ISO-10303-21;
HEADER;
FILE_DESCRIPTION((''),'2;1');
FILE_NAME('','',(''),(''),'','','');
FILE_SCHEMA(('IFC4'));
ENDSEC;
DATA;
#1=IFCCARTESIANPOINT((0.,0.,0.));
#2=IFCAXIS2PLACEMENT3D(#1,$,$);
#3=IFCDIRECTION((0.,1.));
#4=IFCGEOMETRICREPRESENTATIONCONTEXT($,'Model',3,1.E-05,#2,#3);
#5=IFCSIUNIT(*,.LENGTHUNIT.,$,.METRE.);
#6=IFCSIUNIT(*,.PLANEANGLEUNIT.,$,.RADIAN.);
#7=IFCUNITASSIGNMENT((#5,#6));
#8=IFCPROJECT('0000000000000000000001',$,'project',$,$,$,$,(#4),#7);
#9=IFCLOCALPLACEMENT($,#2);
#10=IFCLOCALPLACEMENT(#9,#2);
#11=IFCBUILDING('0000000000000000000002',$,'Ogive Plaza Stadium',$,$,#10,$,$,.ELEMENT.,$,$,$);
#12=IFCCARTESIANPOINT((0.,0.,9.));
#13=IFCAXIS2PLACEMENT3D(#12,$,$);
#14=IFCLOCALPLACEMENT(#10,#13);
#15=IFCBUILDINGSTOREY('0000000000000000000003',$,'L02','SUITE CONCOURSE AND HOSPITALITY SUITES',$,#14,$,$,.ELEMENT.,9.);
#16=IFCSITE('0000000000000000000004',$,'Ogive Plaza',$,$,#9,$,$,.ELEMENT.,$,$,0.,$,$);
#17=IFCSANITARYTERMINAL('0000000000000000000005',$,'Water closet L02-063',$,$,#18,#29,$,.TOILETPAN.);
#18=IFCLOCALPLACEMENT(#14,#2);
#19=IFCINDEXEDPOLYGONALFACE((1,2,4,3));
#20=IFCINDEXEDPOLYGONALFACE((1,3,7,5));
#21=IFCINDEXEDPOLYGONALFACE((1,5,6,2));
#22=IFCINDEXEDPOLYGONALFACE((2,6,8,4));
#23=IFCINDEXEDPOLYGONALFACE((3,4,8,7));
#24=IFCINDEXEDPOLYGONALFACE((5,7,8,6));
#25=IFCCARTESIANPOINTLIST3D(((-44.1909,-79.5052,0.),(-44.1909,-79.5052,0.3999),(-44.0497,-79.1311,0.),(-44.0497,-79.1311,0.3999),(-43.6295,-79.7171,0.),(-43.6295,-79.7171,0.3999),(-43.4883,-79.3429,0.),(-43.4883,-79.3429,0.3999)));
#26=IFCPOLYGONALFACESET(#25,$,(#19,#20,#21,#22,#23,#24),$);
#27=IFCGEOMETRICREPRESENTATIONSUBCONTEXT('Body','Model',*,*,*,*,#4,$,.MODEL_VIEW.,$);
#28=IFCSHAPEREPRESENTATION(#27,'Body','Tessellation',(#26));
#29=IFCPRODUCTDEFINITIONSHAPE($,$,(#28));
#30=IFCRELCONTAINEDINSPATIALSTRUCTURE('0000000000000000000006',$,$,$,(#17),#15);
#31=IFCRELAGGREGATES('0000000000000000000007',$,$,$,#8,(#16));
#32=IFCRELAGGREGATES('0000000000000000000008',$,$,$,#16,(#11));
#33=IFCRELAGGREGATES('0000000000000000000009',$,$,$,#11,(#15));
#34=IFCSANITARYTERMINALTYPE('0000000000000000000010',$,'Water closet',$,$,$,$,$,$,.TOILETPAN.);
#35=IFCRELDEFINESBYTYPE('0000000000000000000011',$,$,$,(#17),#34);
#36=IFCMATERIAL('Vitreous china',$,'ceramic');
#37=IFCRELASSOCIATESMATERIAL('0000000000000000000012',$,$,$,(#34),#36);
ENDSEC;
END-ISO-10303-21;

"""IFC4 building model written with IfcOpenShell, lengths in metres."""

from ifc_helpers import new_model, si_unit, direction, frame, origin, origin_2d, place, context, subcontext, project, spatial, rectangle, extrude, material, type_object, element, save


model = new_model("IFC4")

# Units and contexts
model_context = context("Model", 3, precision=1e-05, world=origin(), true_north=direction((0.0, 1.0)))
body_context = subcontext(model_context, "Body", "Model", "MODEL_VIEW")
ifc_project = project(units=[si_unit("LENGTHUNIT", "METRE"), si_unit("PLANEANGLEUNIT", "RADIAN")], contexts=[model_context])

# Site, building, storey
site_placement = place(None, origin())
site = spatial("IfcSite", under=ifc_project, at=site_placement, Name="Ogive Plaza", CompositionType="ELEMENT", RefElevation=0.0)
building_placement = place(site_placement, origin())
building = spatial("IfcBuilding", under=site, at=building_placement, Name="Ogive Plaza Stadium", CompositionType="ELEMENT")
storey_placement = place(building_placement, frame((0.0, 0.0, 9.0)))
storey = spatial("IfcBuildingStorey", under=building, at=storey_placement, Name="L02", Description="SUITE CONCOURSE AND HOSPITALITY SUITES", CompositionType="ELEMENT", Elevation=9.0)

# Sanitary terminal
ifc_material_1 = material(Name="Vitreous china", Category="ceramic")
sanitary_terminal_type_1 = type_object("IfcSanitaryTerminalType", Name="Water closet", PredefinedType="TOILETPAN", material=ifc_material_1)
for number, where, z_axis, x_axis, name in (
    (1, (-43.8396, -79.4241, 0.0), (0.0, 0.0, 1.0), (-0.353065, -0.935599, 0.0), "Water closet L02-063"),
):
    element("IfcSanitaryTerminal", number, at=place(storey_placement, frame(where, z_axis=z_axis, x_axis=x_axis)), inside=storey, type_object=sanitary_terminal_type_1, Name=name, PredefinedType="TOILETPAN", context=body_context, shape_type="SweptSolid", body=[
        extrude(rectangle(XDim=0.3999, YDim=0.6001, at=origin_2d()), origin(), (0.0, 0.0, 1.0), 0.3999),
    ])

save(model, "model.ifc")
